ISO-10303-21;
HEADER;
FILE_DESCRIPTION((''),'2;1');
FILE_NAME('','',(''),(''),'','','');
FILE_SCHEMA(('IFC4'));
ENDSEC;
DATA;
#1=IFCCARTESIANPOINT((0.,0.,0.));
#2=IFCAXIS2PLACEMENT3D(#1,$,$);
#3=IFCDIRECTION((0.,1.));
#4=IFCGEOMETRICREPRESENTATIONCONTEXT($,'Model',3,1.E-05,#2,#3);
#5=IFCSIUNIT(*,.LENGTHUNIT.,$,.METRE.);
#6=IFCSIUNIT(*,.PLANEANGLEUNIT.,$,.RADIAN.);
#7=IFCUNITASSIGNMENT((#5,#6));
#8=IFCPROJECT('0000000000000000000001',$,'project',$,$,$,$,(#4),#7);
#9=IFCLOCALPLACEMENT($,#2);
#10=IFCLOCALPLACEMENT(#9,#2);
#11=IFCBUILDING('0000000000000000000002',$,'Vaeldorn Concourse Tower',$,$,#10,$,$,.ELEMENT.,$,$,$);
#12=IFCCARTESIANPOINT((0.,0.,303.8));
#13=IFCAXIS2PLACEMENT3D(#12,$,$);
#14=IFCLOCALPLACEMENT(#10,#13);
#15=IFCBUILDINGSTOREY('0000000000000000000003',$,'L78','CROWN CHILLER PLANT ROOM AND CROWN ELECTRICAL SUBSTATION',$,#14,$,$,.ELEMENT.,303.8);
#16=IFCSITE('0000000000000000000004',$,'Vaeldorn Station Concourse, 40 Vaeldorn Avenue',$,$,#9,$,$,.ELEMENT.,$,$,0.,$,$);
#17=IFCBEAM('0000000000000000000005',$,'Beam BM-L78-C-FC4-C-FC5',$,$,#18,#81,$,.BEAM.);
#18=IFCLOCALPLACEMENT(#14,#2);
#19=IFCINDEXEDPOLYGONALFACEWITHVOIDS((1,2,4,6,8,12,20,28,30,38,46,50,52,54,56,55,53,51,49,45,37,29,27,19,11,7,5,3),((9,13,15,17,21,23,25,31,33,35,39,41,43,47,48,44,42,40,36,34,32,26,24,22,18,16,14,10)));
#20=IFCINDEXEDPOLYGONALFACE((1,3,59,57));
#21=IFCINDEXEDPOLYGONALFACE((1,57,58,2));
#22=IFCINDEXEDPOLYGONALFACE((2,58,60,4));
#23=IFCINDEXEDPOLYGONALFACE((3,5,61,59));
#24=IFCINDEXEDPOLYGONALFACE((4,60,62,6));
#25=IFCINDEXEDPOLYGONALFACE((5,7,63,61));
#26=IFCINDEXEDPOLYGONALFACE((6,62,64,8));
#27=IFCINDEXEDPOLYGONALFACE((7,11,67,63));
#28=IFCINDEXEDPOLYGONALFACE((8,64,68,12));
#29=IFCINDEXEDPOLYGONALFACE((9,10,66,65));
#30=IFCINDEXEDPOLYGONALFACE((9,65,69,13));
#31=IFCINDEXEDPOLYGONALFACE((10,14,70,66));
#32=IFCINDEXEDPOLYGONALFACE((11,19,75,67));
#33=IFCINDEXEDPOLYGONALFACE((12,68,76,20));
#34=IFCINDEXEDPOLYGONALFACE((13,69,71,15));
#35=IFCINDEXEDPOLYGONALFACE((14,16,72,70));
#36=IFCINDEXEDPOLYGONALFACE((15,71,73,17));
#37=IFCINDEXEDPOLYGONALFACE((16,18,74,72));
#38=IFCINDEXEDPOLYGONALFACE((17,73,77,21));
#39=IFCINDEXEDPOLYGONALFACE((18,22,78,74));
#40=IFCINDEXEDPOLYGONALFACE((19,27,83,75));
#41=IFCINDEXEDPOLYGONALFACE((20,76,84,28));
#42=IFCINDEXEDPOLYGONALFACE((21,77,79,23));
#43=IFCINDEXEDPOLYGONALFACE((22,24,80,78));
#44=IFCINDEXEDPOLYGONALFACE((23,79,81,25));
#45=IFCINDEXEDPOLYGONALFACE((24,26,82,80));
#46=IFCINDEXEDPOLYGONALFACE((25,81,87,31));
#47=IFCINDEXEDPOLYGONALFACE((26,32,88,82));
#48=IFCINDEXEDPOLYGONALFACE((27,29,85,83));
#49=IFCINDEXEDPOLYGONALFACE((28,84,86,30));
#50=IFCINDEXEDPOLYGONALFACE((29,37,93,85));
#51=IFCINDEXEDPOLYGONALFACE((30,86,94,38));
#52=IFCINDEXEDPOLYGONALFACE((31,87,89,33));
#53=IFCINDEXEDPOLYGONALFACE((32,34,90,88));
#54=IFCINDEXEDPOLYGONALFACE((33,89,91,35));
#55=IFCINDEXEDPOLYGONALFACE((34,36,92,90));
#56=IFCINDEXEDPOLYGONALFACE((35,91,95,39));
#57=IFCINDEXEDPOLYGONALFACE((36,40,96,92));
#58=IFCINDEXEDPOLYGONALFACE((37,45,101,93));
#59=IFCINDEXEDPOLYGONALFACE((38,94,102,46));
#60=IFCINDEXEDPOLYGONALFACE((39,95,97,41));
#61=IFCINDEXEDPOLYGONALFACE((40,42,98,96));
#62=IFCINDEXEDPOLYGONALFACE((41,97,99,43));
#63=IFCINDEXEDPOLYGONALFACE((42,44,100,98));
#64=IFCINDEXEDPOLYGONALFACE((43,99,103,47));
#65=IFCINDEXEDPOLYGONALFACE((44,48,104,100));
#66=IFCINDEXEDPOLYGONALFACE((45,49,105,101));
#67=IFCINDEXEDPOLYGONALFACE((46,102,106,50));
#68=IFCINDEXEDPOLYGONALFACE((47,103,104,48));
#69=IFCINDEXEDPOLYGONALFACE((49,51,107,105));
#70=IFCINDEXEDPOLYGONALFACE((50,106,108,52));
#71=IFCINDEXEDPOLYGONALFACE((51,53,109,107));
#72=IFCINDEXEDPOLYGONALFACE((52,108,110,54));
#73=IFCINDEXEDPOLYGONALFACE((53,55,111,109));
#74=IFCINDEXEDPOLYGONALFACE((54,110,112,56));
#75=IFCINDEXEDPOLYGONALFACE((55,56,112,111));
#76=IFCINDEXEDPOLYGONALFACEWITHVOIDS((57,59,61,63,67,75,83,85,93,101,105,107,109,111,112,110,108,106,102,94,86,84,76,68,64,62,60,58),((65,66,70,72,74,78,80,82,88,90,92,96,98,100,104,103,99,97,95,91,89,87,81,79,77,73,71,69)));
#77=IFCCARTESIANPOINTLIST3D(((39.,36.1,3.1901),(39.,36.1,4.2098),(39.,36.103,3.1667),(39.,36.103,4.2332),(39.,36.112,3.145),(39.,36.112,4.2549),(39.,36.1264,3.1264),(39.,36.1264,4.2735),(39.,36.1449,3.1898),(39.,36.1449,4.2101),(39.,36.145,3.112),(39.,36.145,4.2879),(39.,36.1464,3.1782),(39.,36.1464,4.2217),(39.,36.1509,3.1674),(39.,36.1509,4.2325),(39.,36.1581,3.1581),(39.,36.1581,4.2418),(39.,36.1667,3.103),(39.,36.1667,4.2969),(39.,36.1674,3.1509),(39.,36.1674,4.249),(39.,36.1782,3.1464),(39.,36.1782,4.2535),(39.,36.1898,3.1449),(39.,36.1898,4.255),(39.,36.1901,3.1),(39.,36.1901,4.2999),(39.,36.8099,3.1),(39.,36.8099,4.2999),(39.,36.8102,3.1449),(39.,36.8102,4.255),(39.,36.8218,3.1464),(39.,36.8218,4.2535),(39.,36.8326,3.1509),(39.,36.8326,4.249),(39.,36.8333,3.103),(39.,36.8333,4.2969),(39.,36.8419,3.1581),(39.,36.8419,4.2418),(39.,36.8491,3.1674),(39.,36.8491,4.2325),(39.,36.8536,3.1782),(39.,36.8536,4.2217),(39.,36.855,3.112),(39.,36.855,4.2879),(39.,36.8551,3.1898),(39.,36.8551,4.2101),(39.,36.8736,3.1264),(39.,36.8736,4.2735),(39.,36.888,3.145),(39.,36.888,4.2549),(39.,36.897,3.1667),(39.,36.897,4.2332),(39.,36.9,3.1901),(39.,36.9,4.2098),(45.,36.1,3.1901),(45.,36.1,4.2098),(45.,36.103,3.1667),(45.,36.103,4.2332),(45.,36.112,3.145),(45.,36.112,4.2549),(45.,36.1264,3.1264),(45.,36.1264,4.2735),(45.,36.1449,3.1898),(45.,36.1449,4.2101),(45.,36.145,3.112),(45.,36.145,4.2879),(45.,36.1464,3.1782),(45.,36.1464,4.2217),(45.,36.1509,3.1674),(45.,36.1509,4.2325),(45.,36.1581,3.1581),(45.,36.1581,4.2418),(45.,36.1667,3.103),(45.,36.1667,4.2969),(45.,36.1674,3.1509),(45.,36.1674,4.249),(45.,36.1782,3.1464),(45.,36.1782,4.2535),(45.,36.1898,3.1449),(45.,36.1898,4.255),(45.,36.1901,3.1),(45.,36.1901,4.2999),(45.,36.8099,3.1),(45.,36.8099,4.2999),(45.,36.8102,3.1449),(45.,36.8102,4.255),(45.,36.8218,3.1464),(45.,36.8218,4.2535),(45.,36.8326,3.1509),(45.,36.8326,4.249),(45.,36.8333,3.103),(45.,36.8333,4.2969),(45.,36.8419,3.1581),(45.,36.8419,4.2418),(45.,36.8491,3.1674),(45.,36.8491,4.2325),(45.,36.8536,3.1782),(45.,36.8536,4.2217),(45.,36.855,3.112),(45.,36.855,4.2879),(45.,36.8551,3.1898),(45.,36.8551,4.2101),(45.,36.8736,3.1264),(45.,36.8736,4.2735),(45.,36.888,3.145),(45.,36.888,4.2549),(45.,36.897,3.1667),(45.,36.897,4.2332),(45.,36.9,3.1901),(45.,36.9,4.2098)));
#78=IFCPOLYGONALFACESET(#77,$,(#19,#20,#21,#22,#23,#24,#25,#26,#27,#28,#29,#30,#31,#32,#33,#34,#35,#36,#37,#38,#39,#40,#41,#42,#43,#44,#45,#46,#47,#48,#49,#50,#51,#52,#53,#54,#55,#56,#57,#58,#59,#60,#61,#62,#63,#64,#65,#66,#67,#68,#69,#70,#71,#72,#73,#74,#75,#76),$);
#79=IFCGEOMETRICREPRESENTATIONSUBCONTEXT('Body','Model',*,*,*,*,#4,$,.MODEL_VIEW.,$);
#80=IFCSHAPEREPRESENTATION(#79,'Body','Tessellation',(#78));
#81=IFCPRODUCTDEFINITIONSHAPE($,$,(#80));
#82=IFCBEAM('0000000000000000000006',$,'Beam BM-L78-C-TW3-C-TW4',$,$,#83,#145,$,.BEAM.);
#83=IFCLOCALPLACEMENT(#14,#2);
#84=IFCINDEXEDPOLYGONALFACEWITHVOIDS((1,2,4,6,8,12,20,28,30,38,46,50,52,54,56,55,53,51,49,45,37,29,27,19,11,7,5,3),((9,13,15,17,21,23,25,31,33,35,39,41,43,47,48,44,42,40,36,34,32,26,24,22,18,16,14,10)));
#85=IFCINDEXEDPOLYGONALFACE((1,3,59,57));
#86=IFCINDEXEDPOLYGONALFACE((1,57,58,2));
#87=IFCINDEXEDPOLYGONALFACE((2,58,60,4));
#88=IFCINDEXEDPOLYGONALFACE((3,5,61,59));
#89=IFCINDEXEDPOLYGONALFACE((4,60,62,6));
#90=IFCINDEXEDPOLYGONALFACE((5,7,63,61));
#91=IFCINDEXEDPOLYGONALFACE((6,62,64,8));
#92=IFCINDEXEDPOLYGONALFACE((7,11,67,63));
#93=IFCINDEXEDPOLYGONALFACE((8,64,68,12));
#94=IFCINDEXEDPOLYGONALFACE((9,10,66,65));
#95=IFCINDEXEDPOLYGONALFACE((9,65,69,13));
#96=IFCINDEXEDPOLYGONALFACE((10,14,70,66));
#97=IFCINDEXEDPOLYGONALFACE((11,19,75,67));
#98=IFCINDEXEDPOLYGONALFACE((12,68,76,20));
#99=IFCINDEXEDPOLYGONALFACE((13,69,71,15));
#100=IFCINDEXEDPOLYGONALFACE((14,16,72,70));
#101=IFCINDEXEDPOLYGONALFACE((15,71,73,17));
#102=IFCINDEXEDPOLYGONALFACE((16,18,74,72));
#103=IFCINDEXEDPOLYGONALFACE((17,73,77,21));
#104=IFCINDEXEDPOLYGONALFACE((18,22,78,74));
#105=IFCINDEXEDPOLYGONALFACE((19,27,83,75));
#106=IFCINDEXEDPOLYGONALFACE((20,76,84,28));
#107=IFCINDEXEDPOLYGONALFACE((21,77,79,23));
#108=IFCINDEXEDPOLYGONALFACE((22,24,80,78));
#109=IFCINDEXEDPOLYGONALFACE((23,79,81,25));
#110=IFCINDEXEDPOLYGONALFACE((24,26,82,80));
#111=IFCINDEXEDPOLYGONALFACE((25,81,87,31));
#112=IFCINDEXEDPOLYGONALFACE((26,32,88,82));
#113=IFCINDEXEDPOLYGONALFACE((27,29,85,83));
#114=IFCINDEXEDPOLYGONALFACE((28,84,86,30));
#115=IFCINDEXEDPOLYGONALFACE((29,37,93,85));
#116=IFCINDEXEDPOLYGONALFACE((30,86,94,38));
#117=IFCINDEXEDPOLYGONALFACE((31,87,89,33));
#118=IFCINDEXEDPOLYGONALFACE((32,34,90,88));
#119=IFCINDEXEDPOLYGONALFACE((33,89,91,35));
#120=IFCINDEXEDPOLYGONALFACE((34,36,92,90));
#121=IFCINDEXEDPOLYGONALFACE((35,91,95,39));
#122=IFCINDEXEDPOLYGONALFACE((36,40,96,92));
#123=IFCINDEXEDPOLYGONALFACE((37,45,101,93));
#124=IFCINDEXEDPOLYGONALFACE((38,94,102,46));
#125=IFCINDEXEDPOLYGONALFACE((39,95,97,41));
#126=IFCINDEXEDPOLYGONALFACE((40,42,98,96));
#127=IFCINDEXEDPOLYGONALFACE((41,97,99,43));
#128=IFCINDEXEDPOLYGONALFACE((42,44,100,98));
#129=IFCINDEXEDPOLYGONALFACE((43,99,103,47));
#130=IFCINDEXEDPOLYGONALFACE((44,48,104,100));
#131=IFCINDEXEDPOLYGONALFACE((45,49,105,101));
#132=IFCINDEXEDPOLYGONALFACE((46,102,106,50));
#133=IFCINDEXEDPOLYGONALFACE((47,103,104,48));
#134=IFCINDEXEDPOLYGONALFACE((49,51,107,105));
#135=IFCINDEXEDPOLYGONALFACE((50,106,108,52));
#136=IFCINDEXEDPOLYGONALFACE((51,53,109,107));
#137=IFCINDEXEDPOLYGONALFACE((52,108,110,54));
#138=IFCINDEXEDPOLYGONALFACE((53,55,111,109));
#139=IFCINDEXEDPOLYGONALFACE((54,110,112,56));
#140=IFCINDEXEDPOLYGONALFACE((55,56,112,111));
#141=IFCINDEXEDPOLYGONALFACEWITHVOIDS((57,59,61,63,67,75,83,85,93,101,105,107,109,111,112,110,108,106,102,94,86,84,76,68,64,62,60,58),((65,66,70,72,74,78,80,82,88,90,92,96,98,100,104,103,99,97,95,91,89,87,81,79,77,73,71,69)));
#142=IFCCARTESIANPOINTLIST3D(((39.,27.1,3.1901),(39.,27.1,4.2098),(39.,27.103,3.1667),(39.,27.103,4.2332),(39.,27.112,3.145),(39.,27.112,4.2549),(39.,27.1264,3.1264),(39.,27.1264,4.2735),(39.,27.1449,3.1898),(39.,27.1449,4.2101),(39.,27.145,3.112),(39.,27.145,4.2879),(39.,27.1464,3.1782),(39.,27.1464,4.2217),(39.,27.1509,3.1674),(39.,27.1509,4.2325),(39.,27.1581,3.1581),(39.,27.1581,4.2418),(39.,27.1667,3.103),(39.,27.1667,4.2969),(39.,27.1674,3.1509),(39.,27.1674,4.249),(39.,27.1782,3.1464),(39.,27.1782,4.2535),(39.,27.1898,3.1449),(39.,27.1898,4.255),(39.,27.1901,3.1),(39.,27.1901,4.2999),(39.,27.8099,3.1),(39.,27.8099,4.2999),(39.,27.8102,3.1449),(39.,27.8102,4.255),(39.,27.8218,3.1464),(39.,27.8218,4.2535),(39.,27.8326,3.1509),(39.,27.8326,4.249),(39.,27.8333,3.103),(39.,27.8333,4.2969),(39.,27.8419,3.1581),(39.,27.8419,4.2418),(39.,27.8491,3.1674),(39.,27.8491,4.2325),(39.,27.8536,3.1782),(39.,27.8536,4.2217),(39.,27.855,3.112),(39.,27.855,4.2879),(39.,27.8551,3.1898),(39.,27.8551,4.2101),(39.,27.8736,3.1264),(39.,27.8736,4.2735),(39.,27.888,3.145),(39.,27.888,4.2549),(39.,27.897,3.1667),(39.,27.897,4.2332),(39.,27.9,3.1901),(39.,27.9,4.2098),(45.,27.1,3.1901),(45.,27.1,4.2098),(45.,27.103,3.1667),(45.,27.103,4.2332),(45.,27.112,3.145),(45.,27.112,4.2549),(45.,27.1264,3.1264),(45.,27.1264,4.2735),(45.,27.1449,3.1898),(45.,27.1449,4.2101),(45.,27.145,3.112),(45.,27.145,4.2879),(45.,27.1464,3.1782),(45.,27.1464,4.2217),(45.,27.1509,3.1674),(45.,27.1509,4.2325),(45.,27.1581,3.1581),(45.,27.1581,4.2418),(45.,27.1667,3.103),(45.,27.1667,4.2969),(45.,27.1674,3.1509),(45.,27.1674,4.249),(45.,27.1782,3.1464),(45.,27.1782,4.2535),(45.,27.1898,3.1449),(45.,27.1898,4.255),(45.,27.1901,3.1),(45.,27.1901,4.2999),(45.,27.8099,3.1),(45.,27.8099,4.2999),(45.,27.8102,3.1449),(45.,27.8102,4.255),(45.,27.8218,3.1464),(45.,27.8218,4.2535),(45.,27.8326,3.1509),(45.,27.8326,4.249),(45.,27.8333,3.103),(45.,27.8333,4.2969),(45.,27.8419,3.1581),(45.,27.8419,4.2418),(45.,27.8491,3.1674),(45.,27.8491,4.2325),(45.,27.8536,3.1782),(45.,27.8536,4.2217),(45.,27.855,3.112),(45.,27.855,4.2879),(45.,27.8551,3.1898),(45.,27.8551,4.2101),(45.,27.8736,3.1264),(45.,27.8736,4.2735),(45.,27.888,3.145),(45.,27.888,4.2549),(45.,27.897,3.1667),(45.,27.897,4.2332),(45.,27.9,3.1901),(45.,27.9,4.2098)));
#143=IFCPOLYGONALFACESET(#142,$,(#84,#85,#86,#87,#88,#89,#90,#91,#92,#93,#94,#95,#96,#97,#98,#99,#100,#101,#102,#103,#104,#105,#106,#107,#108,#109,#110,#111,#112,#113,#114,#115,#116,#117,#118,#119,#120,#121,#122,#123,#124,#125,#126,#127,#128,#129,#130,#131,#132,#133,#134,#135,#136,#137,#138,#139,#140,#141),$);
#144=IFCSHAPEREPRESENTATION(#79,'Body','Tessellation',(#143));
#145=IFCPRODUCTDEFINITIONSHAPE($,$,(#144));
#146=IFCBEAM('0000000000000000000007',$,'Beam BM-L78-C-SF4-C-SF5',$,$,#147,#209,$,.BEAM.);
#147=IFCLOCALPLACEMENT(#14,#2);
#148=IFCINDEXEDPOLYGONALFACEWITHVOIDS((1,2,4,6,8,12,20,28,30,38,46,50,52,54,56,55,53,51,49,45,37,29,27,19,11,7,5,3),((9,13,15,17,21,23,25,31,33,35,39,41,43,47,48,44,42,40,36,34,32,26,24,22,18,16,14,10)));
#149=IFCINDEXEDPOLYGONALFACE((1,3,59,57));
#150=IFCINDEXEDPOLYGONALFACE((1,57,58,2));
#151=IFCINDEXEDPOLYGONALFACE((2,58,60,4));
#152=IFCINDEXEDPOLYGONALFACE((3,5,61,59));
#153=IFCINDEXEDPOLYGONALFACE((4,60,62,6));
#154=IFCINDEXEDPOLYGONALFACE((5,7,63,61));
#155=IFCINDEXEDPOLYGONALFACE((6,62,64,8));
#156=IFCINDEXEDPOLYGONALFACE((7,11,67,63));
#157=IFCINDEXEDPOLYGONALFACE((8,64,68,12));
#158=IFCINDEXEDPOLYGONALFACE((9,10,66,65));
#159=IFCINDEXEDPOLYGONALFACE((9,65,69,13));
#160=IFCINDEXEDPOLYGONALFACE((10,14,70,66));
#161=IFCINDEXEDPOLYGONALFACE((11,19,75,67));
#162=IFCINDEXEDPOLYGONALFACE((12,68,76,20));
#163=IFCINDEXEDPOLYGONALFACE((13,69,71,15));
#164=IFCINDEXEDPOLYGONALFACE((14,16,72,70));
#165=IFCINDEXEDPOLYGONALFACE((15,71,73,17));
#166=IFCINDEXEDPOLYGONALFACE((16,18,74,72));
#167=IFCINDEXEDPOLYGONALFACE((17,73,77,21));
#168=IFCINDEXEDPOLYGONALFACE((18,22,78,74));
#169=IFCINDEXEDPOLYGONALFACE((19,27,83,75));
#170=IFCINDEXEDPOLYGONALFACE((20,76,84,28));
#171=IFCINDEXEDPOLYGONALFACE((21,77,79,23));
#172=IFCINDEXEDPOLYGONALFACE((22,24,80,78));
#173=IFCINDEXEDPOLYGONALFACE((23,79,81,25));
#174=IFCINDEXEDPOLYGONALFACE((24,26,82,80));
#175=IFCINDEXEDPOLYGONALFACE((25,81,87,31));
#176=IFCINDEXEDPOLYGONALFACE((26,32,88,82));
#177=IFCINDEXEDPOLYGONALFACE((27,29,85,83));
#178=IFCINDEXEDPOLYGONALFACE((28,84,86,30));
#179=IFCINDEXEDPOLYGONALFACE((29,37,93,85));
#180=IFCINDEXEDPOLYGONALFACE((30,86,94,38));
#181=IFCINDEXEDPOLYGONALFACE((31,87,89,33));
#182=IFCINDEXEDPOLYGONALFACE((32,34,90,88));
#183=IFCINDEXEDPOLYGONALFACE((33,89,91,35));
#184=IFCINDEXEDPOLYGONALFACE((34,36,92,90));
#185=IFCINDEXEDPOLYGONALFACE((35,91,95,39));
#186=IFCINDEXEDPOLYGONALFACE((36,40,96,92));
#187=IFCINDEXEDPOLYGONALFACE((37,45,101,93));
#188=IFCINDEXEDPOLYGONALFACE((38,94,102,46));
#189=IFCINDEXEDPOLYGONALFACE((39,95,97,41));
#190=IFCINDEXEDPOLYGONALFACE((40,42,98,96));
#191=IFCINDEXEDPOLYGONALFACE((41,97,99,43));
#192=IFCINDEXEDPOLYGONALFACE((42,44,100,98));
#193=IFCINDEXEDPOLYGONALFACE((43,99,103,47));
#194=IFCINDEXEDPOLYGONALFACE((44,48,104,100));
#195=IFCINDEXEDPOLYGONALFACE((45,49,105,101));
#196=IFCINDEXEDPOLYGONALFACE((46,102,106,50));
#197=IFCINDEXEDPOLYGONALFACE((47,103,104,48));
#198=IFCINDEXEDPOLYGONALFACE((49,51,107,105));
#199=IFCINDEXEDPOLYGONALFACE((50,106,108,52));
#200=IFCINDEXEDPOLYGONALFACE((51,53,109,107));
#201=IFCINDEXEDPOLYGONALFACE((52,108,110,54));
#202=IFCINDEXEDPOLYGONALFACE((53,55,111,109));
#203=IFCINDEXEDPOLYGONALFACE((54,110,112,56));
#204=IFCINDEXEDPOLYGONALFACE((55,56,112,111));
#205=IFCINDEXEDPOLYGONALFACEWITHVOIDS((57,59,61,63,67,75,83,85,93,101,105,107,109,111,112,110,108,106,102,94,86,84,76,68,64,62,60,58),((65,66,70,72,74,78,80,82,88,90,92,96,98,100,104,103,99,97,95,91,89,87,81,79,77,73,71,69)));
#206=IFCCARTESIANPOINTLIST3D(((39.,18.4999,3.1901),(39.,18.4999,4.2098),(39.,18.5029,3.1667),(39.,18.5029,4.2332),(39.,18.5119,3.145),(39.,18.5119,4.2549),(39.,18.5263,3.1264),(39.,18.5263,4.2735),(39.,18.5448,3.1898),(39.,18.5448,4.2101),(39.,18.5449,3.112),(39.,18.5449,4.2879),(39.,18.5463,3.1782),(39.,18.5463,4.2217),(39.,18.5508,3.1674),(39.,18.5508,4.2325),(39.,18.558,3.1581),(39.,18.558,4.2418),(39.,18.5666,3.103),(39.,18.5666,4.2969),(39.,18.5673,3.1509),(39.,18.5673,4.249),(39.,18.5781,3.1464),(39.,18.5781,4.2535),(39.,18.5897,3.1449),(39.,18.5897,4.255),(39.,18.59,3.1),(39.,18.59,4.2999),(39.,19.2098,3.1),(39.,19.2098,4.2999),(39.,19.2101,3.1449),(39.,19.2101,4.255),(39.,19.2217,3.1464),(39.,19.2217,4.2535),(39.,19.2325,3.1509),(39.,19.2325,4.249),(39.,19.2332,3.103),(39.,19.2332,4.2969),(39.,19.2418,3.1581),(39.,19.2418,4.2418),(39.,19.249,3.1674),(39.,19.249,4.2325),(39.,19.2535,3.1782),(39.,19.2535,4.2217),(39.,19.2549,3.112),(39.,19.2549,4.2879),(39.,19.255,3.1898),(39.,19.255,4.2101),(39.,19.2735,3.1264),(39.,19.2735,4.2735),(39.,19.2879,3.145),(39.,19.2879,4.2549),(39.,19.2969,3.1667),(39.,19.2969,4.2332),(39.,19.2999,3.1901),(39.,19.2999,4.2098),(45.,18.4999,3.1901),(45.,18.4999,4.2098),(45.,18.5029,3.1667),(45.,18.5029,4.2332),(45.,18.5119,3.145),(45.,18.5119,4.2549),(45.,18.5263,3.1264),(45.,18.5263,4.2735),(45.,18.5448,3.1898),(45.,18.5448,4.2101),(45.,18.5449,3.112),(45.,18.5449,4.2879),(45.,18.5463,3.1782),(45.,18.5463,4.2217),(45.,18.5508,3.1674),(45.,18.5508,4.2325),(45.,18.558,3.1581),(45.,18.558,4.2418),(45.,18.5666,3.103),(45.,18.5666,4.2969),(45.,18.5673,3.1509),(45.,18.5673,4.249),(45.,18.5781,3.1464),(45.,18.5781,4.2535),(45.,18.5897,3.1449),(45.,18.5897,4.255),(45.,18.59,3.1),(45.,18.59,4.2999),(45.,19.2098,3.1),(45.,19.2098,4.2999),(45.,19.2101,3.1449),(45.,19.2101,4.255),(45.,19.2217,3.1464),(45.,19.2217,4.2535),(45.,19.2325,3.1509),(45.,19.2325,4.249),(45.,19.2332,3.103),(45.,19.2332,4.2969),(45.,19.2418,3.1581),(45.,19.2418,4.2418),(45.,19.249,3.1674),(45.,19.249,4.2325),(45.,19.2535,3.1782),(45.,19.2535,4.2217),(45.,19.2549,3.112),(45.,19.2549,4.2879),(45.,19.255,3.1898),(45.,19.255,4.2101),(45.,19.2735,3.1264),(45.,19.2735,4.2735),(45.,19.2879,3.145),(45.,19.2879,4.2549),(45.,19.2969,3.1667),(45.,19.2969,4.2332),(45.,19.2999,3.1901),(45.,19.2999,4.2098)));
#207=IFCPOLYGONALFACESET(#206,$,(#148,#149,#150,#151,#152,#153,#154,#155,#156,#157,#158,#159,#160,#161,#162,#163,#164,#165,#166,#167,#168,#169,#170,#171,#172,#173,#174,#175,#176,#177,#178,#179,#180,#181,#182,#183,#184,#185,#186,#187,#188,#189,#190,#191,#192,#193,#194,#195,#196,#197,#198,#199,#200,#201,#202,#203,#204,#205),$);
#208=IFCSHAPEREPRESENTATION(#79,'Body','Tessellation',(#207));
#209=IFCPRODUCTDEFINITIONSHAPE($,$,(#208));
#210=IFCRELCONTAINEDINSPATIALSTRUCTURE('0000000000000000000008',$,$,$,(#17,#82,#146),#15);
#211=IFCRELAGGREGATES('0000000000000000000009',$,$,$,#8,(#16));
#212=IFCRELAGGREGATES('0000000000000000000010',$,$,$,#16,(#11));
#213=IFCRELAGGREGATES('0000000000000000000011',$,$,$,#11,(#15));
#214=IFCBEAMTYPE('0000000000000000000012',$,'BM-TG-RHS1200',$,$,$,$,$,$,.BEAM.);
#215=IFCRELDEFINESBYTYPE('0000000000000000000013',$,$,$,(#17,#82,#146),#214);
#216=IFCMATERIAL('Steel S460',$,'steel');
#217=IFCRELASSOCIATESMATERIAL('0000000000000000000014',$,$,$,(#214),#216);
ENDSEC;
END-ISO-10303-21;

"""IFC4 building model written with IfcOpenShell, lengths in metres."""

from ifc_helpers import new_model, si_unit, direction, frame, origin, origin_2d, place, context, subcontext, project, spatial, hollow_rectangle, extrude, source, transform, mapped, material, material_profile, profile_set, type_object, element, save


model = new_model("IFC4")

# Units and contexts
model_context = context("Model", 3, precision=1e-05, world=origin(), true_north=direction((0.0, 1.0)))
body_context = subcontext(model_context, "Body", "Model", "MODEL_VIEW")
ifc_project = project(units=[si_unit("LENGTHUNIT", "METRE"), si_unit("PLANEANGLEUNIT", "RADIAN")], contexts=[model_context])

# Site, building, storey
site_placement = place(None, origin())
site = spatial("IfcSite", under=ifc_project, at=site_placement, Name="Vaeldorn Station Concourse, 40 Vaeldorn Avenue", CompositionType="ELEMENT", RefElevation=0.0)
building_placement = place(site_placement, origin())
building = spatial("IfcBuilding", under=site, at=building_placement, Name="Vaeldorn Concourse Tower", CompositionType="ELEMENT")
storey_placement = place(building_placement, frame((0.0, 0.0, 303.8)))
storey = spatial("IfcBuildingStorey", under=building, at=storey_placement, Name="L78", Description="CROWN CHILLER PLANT ROOM AND CROWN ELECTRICAL SUBSTATION", CompositionType="ELEMENT", Elevation=303.8)

# Beams
ifc_material_1 = material(Name="Steel S460", Category="steel")
ifc_material_profile_1 = material_profile(ifc_material_1, hollow_rectangle(XDim=0.8, YDim=1.2, WallThickness=0.0449, InnerFilletRadius=0.0449, OuterFilletRadius=0.0901, at=origin_2d()), Name="RHS 1200x800x45")
ifc_profile_set_1 = profile_set([ifc_material_profile_1], Name="Steel S460")
beam_type_1 = type_object("IfcBeamType", Name="BM-TG-RHS1200", PredefinedType="BEAM", material=ifc_profile_set_1)
shared_shape_1 = source(origin(), body_context, "Body", "SweptSolid", [
    extrude(hollow_rectangle(XDim=0.8, YDim=1.2, WallThickness=0.0449, InnerFilletRadius=0.0449, OuterFilletRadius=0.0901, at=origin_2d()), origin(), (0.0, 0.0, 1.0), 6.0),
])
for number, where, z_axis, x_axis, name in (
    (1, (39.0, 36.5, 3.7), (1.0, 0.0, 0.0), (0.0, 1.0, 0.0), "Beam BM-L78-C-FC4-C-FC5"),
    (2, (39.0, 27.5, 3.7), (1.0, 0.0, 0.0), (0.0, 1.0, 0.0), "Beam BM-L78-C-TW3-C-TW4"),
    (3, (39.0, 18.8999, 3.7), (1.0, 0.0, 0.0), (0.0, 1.0, 0.0), "Beam BM-L78-C-SF4-C-SF5"),
):
    element("IfcBeam", number, at=place(storey_placement, frame(where, z_axis=z_axis, x_axis=x_axis)), inside=storey, type_object=beam_type_1, Name=name, PredefinedType="BEAM", context=body_context, shape_type="MappedRepresentation", body=[
        mapped(shared_shape_1, transform((0.0, 0.0, 0.0), scale=1.0)),
    ])

save(model, "model.ifc")
